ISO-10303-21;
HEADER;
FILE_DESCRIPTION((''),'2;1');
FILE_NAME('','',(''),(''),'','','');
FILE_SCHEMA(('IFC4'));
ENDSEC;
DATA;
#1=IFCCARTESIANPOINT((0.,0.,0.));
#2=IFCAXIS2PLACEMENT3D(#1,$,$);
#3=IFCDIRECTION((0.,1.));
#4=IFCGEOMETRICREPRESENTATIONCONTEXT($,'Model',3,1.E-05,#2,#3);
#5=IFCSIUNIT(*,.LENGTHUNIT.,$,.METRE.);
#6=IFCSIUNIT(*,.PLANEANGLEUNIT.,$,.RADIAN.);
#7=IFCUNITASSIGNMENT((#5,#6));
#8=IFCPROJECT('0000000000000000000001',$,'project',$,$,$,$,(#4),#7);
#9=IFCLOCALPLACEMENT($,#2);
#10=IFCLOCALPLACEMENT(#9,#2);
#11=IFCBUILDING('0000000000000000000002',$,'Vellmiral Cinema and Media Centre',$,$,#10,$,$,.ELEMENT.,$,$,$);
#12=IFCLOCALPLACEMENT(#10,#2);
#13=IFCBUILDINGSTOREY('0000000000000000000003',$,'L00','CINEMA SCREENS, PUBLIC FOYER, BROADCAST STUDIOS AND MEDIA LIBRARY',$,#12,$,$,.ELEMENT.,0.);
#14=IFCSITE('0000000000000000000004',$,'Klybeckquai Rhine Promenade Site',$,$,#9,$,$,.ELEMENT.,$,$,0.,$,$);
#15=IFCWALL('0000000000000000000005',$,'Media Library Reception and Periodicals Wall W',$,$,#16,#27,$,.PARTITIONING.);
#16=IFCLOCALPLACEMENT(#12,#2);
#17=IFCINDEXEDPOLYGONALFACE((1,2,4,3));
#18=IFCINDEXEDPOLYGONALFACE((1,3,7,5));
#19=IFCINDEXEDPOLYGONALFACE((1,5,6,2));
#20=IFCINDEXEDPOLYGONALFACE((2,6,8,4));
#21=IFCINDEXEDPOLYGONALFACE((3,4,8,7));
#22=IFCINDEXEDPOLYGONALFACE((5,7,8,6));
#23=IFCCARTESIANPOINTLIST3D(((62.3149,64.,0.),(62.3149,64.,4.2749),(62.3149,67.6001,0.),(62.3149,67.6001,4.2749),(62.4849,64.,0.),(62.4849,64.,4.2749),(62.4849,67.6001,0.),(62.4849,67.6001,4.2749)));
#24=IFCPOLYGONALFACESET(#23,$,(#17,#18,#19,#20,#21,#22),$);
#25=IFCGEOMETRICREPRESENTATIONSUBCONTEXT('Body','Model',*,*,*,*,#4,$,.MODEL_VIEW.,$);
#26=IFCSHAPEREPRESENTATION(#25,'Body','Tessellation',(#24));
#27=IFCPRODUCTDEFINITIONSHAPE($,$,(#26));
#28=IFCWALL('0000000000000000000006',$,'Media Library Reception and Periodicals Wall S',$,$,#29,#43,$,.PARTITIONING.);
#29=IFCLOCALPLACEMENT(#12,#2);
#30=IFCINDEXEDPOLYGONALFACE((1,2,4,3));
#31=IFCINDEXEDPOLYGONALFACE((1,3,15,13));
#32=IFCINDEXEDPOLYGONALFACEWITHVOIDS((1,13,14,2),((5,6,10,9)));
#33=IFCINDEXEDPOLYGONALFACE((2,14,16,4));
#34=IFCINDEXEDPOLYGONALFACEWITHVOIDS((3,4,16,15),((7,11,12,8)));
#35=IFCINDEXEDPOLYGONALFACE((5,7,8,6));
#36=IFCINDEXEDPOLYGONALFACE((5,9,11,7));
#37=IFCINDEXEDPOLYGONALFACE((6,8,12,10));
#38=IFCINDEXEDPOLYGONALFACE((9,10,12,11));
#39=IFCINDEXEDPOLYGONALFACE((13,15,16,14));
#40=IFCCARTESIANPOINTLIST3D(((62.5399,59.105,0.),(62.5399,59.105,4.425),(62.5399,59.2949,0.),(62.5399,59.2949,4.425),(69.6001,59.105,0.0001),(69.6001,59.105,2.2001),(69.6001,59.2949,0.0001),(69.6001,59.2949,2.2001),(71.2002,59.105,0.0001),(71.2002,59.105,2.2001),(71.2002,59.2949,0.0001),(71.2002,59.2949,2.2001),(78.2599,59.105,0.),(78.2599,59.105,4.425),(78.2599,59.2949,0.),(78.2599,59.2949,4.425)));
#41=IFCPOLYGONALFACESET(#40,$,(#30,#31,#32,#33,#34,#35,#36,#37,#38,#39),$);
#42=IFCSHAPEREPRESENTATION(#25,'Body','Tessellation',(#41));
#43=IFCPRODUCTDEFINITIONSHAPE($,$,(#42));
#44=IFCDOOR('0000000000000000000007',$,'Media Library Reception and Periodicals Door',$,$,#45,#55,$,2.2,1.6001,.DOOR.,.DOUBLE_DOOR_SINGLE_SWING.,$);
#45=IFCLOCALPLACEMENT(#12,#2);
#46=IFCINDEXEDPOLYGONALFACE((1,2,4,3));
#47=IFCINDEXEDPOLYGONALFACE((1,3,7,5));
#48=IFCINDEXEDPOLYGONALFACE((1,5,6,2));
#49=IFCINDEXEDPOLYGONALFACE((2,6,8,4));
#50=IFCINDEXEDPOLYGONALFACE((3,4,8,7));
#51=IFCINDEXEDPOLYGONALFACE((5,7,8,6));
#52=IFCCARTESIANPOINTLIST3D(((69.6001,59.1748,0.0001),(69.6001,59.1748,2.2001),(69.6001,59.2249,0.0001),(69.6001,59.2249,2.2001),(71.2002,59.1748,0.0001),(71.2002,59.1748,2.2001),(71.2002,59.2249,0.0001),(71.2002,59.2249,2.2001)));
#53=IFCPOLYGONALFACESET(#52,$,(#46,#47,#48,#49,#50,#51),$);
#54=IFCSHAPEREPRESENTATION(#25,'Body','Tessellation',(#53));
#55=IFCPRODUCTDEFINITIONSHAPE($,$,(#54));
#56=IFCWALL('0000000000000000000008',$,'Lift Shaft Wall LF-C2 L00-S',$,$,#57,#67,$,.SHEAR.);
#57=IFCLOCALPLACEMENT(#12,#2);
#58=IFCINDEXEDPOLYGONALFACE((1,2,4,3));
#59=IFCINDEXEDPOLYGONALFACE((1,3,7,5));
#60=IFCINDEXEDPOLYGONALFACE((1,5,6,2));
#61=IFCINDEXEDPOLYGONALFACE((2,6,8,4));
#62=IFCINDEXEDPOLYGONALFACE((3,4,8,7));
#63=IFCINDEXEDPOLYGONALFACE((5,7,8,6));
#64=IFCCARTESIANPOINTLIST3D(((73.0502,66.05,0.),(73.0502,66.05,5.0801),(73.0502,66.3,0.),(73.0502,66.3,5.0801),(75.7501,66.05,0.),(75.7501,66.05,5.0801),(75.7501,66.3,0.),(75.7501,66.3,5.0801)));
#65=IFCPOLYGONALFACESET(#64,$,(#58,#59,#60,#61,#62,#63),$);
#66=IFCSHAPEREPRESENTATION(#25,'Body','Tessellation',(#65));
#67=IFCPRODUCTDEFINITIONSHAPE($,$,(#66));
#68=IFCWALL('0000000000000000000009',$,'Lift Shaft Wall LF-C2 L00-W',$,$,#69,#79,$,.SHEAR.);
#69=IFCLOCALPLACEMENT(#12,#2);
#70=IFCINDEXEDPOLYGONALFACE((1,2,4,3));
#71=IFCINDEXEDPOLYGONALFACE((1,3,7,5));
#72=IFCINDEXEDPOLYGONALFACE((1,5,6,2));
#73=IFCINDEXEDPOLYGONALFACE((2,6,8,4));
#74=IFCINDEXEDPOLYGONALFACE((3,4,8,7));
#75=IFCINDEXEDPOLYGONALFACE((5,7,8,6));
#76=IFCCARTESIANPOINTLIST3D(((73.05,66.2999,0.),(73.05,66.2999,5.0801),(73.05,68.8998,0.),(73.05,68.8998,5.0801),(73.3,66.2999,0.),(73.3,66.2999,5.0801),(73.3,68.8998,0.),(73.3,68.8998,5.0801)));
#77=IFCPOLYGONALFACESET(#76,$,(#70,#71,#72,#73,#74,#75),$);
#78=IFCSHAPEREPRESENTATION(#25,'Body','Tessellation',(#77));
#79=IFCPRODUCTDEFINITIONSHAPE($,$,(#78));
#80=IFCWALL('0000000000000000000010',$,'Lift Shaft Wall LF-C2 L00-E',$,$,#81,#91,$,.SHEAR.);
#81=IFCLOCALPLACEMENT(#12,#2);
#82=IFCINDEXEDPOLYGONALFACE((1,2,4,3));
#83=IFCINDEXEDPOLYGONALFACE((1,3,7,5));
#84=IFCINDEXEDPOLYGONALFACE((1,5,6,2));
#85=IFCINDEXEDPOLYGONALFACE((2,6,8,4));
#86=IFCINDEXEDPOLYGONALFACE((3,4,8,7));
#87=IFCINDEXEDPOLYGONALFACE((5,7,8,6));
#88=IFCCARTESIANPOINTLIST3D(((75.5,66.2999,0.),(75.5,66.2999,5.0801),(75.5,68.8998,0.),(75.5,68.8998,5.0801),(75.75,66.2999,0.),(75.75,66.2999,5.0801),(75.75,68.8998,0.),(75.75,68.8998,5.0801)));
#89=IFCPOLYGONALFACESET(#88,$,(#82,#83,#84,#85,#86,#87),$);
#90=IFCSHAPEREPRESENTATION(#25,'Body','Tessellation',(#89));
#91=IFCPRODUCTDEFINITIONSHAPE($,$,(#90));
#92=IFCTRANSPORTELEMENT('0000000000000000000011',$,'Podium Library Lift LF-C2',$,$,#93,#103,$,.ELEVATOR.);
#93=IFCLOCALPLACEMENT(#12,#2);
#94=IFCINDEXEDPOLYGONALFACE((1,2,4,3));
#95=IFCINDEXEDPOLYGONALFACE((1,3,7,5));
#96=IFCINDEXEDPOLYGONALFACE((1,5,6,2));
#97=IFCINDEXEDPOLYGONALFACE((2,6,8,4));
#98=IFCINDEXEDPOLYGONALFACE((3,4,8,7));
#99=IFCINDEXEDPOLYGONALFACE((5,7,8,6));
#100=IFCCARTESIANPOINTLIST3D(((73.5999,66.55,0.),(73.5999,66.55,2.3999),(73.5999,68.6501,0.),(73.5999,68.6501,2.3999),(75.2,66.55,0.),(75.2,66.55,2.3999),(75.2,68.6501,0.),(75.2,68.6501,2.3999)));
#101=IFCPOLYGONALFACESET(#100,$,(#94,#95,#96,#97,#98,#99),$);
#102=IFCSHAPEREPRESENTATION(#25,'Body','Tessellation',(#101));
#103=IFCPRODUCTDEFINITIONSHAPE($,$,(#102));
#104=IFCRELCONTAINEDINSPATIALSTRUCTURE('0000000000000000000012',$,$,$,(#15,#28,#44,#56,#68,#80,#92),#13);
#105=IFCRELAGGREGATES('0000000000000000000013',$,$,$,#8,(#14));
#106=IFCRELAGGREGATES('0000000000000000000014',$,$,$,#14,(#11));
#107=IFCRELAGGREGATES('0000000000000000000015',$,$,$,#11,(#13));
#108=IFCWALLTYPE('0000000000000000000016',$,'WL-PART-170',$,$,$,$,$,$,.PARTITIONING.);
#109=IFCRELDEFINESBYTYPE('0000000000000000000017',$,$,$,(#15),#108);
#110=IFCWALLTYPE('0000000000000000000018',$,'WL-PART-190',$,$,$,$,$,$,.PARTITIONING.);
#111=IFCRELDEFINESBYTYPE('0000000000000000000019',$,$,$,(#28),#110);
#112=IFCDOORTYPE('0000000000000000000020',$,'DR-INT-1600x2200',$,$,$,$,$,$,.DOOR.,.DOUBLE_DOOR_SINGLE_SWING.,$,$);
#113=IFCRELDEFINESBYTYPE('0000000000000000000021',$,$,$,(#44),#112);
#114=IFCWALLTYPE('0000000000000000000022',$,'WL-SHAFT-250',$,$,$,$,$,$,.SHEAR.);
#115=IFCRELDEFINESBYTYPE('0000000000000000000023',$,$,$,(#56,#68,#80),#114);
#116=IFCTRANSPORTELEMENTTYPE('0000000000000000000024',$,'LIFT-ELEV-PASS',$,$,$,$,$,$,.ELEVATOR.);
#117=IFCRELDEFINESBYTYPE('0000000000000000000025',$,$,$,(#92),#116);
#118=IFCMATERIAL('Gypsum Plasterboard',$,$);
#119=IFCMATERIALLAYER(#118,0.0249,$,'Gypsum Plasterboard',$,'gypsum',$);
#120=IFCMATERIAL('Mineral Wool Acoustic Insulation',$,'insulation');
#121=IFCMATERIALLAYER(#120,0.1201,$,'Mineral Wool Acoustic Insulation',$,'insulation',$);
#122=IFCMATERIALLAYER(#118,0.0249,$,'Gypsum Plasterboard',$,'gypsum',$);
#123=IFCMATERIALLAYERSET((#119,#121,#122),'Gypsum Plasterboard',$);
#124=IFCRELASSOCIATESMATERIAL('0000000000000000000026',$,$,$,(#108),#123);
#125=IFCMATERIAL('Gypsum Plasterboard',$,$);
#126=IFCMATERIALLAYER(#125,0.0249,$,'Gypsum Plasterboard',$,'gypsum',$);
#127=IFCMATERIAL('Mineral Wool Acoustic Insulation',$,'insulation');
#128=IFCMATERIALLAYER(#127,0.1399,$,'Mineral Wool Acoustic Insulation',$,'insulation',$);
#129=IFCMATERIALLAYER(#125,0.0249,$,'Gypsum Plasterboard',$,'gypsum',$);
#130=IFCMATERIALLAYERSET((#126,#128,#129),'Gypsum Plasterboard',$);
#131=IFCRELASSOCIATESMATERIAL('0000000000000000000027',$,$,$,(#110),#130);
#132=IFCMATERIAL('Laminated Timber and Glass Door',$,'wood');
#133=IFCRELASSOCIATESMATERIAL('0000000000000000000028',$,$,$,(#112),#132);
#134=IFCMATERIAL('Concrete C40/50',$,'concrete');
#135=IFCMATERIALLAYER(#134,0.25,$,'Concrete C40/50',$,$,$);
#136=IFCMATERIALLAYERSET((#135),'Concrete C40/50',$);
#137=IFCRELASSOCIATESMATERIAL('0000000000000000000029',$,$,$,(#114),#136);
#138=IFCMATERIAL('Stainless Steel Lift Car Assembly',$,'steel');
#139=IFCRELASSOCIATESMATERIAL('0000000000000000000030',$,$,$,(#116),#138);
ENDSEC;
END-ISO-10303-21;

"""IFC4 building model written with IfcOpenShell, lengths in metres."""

from ifc_helpers import new_model, si_unit, direction, frame, frame_2d, origin, origin_2d, place, context, subcontext, project, spatial, rectangle, extrude, material, layer, layer_set, type_object, element, fill, save


model = new_model("IFC4")

# Units and contexts
model_context = context("Model", 3, precision=1e-05, world=origin(), true_north=direction((0.0, 1.0)))
body_context = subcontext(model_context, "Body", "Model", "MODEL_VIEW")
ifc_project = project(units=[si_unit("LENGTHUNIT", "METRE"), si_unit("PLANEANGLEUNIT", "RADIAN")], contexts=[model_context])

# Site, building, storey
site_placement = place(None, origin())
site = spatial("IfcSite", under=ifc_project, at=site_placement, Name="Klybeckquai Rhine Promenade Site", CompositionType="ELEMENT", RefElevation=0.0)
building_placement = place(site_placement, origin())
building = spatial("IfcBuilding", under=site, at=building_placement, Name="Vellmiral Cinema and Media Centre", CompositionType="ELEMENT")
storey_placement = place(building_placement, origin())
storey = spatial("IfcBuildingStorey", under=building, at=storey_placement, Name="L00", Description="CINEMA SCREENS, PUBLIC FOYER, BROADCAST STUDIOS AND MEDIA LIBRARY", CompositionType="ELEMENT", Elevation=0.0)

# Wall
ifc_material_1 = material(Name="Gypsum Plasterboard")
ifc_layer_1 = layer(ifc_material_1, 0.0249, Name="Gypsum Plasterboard", Category="gypsum")
ifc_material_2 = material(Name="Mineral Wool Acoustic Insulation", Category="insulation")
ifc_layer_2 = layer(ifc_material_2, 0.1201, Name="Mineral Wool Acoustic Insulation", Category="insulation")
ifc_layer_3 = layer(ifc_material_1, 0.0249, Name="Gypsum Plasterboard", Category="gypsum")
ifc_layer_set_1 = layer_set([ifc_layer_1, ifc_layer_2, ifc_layer_3], Name="Gypsum Plasterboard")
wall_type_1 = type_object("IfcWallType", Name="WL-PART-170", PredefinedType="PARTITIONING", material=ifc_layer_set_1)
wall_1_placement = place(storey_placement, frame((62.3999, 64.0, 0.0), z_axis=(0.0, 0.0, 1.0), x_axis=(0.0, 1.0, 0.0)))
element("IfcWall", 1, at=wall_1_placement, inside=storey, type_object=wall_type_1, Name="Media Library Reception and Periodicals Wall W", PredefinedType="PARTITIONING", context=body_context, shape_type="SweptSolid", body=[
    extrude(rectangle(XDim=3.6001, YDim=0.1699, at=frame_2d((1.8, 0.0))), origin(), (0.0, 0.0, 1.0), 4.2749),
])

# Wall, opening, door
ifc_material_3 = material(Name="Gypsum Plasterboard")
ifc_layer_4 = layer(ifc_material_3, 0.0249, Name="Gypsum Plasterboard", Category="gypsum")
ifc_material_4 = material(Name="Mineral Wool Acoustic Insulation", Category="insulation")
ifc_layer_5 = layer(ifc_material_4, 0.1399, Name="Mineral Wool Acoustic Insulation", Category="insulation")
ifc_layer_6 = layer(ifc_material_3, 0.0249, Name="Gypsum Plasterboard", Category="gypsum")
ifc_layer_set_2 = layer_set([ifc_layer_4, ifc_layer_5, ifc_layer_6], Name="Gypsum Plasterboard")
wall_type_2 = type_object("IfcWallType", Name="WL-PART-190", PredefinedType="PARTITIONING", material=ifc_layer_set_2)
wall_2_placement = place(storey_placement, frame((62.54, 59.2, 0.0), z_axis=(0.0, 0.0, 1.0), x_axis=(1.0, 0.0, 0.0)))
wall_2 = element("IfcWall", 2, at=wall_2_placement, inside=storey, type_object=wall_type_2, Name="Media Library Reception and Periodicals Wall S", PredefinedType="PARTITIONING", context=body_context, shape_type="SweptSolid", body=[
    extrude(rectangle(XDim=15.72, YDim=0.1899, at=frame_2d((7.8599, 0.0))), origin(), (0.0, 0.0, 1.0), 4.425),
])
opening_placement = place(wall_2_placement, frame((7.0601, 0.0, 0.0)))
opening = element("IfcOpeningElement", 3, at=opening_placement, cuts=wall_2, PredefinedType="OPENING", context=body_context, shape_type="SweptSolid", body=[
    extrude(rectangle(XDim=1.6001, YDim=2.2, at=frame_2d((0.8, 1.1001))), frame((0.0, 0.1069, 0.0), z_axis=(0.0, -1.0, 0.0), x_axis=(1.0, 0.0, 0.0)), (0.0, 0.0, 1.0), 0.2139),
])
ifc_material_5 = material(Name="Laminated Timber and Glass Door", Category="wood")
door_type = type_object("IfcDoorType", Name="DR-INT-1600x2200", OperationType="DOUBLE_DOOR_SINGLE_SWING", PredefinedType="DOOR", material=ifc_material_5)
door_placement = place(opening_placement, origin())
door = element("IfcDoor", 4, at=door_placement, inside=storey, type_object=door_type, Name="Media Library Reception and Periodicals Door", OperationType="DOUBLE_DOOR_SINGLE_SWING", OverallHeight=2.2, OverallWidth=1.6001, PredefinedType="DOOR", context=body_context, shape_type="SweptSolid", body=[
    extrude(rectangle(XDim=1.6001, YDim=2.2, at=frame_2d((0.8, 1.1001))), frame((0.0, 0.0249, 0.0), z_axis=(0.0, -1.0, 0.0), x_axis=(1.0, 0.0, 0.0)), (0.0, 0.0, 1.0), 0.05),
])
fill(opening, door)

# Walls
ifc_material_6 = material(Name="Concrete C40/50", Category="concrete")
ifc_layer_7 = layer(ifc_material_6, 0.25, Name="Concrete C40/50")
ifc_layer_set_3 = layer_set([ifc_layer_7], Name="Concrete C40/50")
wall_type_3 = type_object("IfcWallType", Name="WL-SHAFT-250", PredefinedType="SHEAR", material=ifc_layer_set_3)
wall_3_placement = place(storey_placement, frame((73.05, 66.175, 0.0), z_axis=(0.0, 0.0, 1.0), x_axis=(1.0, 0.0, 0.0)))
element("IfcWall", 5, at=wall_3_placement, inside=storey, type_object=wall_type_3, Name="Lift Shaft Wall LF-C2 L00-S", PredefinedType="SHEAR", context=body_context, shape_type="SweptSolid", body=[
    extrude(rectangle(XDim=2.7, YDim=0.25, at=frame_2d((1.3501, 0.0))), origin(), (0.0, 0.0, 1.0), 5.0801),
])
for number, where, z_axis, x_axis, name in (
    (6, (73.175, 66.3, 0.0), (0.0, 0.0, 1.0), (0.0, 1.0, 0.0), "Lift Shaft Wall LF-C2 L00-W"),
    (7, (75.625, 66.3, 0.0), (0.0, 0.0, 1.0), (0.0, 1.0, 0.0), "Lift Shaft Wall LF-C2 L00-E"),
):
    element("IfcWall", number, at=place(storey_placement, frame(where, z_axis=z_axis, x_axis=x_axis)), inside=storey, type_object=wall_type_3, Name=name, PredefinedType="SHEAR", context=body_context, shape_type="SweptSolid", body=[
        extrude(rectangle(XDim=2.5999, YDim=0.25, at=frame_2d((1.2998, 0.0))), origin(), (0.0, 0.0, 1.0), 5.0801),
    ])

# Transport element
ifc_material_7 = material(Name="Stainless Steel Lift Car Assembly", Category="steel")
transport_element_type = type_object("IfcTransportElementType", Name="LIFT-ELEV-PASS", PredefinedType="ELEVATOR", material=ifc_material_7)
transport_element_placement = place(storey_placement, frame((74.3999, 67.6001, 0.0), z_axis=(0.0, 0.0, 1.0), x_axis=(1.0, 0.0, 0.0)))
element("IfcTransportElement", 8, at=transport_element_placement, inside=storey, type_object=transport_element_type, Name="Podium Library Lift LF-C2", PredefinedType="ELEVATOR", context=body_context, shape_type="SweptSolid", body=[
    extrude(rectangle(XDim=1.6001, YDim=2.1001, at=origin_2d()), origin(), (0.0, 0.0, 1.0), 2.3999),
])

save(model, "model.ifc")
